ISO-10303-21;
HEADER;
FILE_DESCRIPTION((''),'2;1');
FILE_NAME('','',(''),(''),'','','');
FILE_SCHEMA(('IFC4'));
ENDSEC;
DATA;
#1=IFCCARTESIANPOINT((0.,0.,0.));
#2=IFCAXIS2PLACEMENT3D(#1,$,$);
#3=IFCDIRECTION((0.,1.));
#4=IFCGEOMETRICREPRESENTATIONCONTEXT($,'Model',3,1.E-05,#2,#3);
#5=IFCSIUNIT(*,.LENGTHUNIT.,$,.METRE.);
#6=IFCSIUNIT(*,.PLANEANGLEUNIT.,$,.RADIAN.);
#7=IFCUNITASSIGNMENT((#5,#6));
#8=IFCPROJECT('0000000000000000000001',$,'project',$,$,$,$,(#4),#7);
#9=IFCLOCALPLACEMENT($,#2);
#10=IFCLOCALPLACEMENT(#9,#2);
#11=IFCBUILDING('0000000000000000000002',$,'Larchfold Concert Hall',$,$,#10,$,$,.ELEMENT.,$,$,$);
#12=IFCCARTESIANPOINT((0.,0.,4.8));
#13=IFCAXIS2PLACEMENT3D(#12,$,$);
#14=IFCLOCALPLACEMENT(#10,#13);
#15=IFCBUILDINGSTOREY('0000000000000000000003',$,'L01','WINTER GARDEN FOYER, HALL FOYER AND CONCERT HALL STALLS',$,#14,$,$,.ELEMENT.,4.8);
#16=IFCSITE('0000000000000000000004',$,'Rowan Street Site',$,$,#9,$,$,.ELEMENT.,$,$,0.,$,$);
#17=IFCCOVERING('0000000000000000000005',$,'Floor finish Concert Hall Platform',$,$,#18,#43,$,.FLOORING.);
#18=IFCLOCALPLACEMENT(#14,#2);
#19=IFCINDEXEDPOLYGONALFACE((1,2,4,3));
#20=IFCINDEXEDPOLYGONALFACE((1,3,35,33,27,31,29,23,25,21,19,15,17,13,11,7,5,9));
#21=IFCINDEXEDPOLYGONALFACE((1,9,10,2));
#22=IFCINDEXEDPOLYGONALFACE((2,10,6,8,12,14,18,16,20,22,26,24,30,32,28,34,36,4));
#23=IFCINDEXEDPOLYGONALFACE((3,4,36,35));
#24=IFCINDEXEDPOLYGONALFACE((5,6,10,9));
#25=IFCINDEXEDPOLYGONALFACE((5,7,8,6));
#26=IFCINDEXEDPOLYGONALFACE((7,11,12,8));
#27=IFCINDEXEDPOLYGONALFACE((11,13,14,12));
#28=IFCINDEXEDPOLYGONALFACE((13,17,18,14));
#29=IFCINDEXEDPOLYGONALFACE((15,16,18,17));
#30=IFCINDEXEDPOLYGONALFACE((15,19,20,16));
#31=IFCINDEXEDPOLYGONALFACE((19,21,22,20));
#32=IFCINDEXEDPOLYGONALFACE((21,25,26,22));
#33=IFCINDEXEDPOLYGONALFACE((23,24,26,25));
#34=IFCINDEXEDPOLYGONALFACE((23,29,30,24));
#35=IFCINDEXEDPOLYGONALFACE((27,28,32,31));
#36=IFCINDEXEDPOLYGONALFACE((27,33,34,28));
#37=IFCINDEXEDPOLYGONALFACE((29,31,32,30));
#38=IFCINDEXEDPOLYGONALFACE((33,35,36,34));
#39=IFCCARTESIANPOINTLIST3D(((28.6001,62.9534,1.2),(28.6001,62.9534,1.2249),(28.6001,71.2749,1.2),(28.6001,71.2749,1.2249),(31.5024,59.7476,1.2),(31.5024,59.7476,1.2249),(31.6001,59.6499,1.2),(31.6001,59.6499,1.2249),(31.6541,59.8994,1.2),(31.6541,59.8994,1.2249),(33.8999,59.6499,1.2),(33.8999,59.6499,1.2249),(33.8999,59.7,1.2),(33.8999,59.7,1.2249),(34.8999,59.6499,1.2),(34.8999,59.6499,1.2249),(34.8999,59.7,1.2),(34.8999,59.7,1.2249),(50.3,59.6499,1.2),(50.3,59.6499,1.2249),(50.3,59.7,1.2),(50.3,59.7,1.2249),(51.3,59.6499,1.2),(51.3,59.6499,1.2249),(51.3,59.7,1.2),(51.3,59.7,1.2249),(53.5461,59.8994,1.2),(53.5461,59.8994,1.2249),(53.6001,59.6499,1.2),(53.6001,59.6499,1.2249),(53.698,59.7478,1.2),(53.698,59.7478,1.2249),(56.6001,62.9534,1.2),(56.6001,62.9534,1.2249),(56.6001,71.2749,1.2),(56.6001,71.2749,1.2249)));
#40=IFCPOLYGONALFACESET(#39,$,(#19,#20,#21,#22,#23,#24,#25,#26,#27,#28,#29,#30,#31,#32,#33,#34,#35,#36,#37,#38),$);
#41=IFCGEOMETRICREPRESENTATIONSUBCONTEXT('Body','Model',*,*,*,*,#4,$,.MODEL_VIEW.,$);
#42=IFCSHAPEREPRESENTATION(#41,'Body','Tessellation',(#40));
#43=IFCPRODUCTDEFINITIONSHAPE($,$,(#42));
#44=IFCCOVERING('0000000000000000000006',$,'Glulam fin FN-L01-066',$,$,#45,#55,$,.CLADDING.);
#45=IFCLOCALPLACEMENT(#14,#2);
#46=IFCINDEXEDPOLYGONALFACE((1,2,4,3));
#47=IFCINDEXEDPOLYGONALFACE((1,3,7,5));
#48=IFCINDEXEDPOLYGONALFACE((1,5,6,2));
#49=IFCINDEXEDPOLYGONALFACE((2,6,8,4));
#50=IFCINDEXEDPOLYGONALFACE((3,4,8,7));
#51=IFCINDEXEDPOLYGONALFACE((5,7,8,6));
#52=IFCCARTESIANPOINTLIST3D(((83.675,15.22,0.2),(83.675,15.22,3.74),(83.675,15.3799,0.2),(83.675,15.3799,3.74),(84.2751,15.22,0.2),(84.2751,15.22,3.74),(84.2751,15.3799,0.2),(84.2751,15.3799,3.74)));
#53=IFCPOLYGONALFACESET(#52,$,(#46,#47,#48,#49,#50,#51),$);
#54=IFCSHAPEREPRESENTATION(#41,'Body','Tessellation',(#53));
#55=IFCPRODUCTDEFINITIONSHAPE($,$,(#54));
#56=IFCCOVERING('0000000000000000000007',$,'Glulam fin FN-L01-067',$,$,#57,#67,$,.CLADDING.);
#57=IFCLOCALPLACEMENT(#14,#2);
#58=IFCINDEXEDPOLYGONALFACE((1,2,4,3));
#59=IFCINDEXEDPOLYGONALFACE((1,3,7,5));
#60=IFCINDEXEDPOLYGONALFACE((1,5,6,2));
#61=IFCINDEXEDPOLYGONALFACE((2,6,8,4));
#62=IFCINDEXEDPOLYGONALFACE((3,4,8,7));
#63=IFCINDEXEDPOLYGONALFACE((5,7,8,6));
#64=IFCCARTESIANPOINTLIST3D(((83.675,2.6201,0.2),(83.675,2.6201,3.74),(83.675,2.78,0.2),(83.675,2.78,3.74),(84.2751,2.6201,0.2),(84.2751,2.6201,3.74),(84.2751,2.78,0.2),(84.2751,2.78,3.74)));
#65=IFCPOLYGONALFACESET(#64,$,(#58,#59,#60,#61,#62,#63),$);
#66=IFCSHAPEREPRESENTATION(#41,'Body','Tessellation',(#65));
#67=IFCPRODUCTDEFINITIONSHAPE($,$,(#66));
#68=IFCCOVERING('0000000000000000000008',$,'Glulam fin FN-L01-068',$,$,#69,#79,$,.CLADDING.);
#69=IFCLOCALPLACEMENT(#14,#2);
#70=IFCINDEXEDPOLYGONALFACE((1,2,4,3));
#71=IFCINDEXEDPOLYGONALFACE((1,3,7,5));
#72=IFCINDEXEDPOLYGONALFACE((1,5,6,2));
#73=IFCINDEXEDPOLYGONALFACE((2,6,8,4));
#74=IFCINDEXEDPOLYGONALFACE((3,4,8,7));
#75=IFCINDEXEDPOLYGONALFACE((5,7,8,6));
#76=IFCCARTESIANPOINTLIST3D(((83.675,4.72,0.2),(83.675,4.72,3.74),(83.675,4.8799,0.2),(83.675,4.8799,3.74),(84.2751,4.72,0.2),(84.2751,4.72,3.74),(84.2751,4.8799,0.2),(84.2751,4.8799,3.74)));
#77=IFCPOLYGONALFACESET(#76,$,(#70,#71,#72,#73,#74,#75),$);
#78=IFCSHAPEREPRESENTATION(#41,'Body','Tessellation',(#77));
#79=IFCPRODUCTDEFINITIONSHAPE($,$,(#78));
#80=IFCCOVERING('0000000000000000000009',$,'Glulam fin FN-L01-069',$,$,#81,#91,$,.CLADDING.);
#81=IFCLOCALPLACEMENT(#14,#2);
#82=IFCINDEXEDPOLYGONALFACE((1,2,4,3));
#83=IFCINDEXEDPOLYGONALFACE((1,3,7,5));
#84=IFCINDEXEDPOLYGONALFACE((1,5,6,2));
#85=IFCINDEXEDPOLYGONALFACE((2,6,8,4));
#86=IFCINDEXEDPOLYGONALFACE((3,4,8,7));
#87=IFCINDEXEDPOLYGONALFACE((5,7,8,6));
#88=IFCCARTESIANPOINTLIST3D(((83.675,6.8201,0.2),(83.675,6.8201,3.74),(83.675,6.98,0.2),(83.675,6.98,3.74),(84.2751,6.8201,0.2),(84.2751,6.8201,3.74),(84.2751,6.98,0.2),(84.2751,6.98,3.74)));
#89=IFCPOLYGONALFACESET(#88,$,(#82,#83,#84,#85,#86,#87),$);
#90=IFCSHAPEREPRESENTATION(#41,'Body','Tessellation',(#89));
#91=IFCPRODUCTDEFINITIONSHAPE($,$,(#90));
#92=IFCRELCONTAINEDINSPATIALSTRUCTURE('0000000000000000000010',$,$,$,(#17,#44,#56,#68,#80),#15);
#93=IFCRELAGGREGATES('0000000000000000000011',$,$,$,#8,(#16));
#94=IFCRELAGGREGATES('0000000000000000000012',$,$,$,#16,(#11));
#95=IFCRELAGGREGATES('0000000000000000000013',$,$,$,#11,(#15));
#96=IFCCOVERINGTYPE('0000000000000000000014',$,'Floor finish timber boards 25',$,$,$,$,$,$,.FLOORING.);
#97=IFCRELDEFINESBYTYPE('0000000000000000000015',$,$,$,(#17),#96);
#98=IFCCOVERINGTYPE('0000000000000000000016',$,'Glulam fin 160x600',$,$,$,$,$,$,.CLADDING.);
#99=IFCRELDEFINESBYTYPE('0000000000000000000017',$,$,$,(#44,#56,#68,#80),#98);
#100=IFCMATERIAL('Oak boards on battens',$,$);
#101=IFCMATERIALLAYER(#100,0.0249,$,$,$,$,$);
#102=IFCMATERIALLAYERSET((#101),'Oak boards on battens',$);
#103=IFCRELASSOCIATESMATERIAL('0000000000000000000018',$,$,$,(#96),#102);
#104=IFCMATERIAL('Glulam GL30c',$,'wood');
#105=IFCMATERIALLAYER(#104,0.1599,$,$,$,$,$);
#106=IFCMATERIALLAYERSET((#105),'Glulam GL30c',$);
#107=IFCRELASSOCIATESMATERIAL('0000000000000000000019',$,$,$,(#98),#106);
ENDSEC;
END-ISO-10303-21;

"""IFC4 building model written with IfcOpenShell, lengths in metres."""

from ifc_helpers import new_model, si_unit, direction, frame, origin, place, context, subcontext, project, spatial, polyline, outline, extrude, material, layer, layer_set, type_object, element, save


model = new_model("IFC4")

# Units and contexts
model_context = context("Model", 3, precision=1e-05, world=origin(), true_north=direction((0.0, 1.0)))
body_context = subcontext(model_context, "Body", "Model", "MODEL_VIEW")
ifc_project = project(units=[si_unit("LENGTHUNIT", "METRE"), si_unit("PLANEANGLEUNIT", "RADIAN")], contexts=[model_context])

# Site, building, storey
site_placement = place(None, origin())
site = spatial("IfcSite", under=ifc_project, at=site_placement, Name="Rowan Street Site", CompositionType="ELEMENT", RefElevation=0.0)
building_placement = place(site_placement, origin())
building = spatial("IfcBuilding", under=site, at=building_placement, Name="Larchfold Concert Hall", CompositionType="ELEMENT")
storey_placement = place(building_placement, frame((0.0, 0.0, 4.8)))
storey = spatial("IfcBuildingStorey", under=building, at=storey_placement, Name="L01", Description="WINTER GARDEN FOYER, HALL FOYER AND CONCERT HALL STALLS", CompositionType="ELEMENT", Elevation=4.8)

# Coverings
ifc_material_1 = material(Name="Oak boards on battens")
ifc_layer_1 = layer(ifc_material_1, 0.0249)
ifc_layer_set_1 = layer_set([ifc_layer_1], Name="Oak boards on battens")
covering_type_1 = type_object("IfcCoveringType", Name="Floor finish timber boards 25", PredefinedType="FLOORING", material=ifc_layer_set_1)
covering_1_placement = place(storey_placement, frame((0.0, 0.0, 1.2)))
element("IfcCovering", 1, at=covering_1_placement, inside=storey, type_object=covering_type_1, Name="Floor finish Concert Hall Platform", PredefinedType="FLOORING", context=body_context, shape_type="SweptSolid", body=[
    extrude(outline(polyline([(31.6541, 59.8994), (31.5024, 59.7476), (31.6001, 59.6499), (33.8999, 59.6499), (33.8999, 59.7), (34.8999, 59.7), (34.8999, 59.6499), (50.3, 59.6499), (50.3, 59.7), (51.3, 59.7), (51.3, 59.6499), (53.6001, 59.6499), (53.698, 59.7478), (53.5461, 59.8994), (56.6001, 62.9534), (56.6001, 71.2749), (28.6001, 71.2749), (28.6001, 62.9534), (31.6541, 59.8994)])), origin(), (0.0, 0.0, 1.0), 0.0249),
])
ifc_material_2 = material(Name="Glulam GL30c", Category="wood")
ifc_layer_2 = layer(ifc_material_2, 0.1599)
ifc_layer_set_2 = layer_set([ifc_layer_2], Name="Glulam GL30c")
covering_type_2 = type_object("IfcCoveringType", Name="Glulam fin 160x600", PredefinedType="CLADDING", material=ifc_layer_set_2)
covering_2_placement = place(storey_placement, frame((0.0, 0.0, 0.2)))
element("IfcCovering", 2, at=covering_2_placement, inside=storey, type_object=covering_type_2, Name="Glulam fin FN-L01-066", PredefinedType="CLADDING", context=body_context, shape_type="SweptSolid", body=[
    extrude(outline(polyline([(84.2751, 15.22), (84.2751, 15.3799), (83.675, 15.3799), (83.675, 15.22), (84.2751, 15.22)])), origin(), (0.0, 0.0, 1.0), 3.54),
])
covering_3_placement = place(storey_placement, frame((0.0, 0.0, 0.2)))
element("IfcCovering", 3, at=covering_3_placement, inside=storey, type_object=covering_type_2, Name="Glulam fin FN-L01-067", PredefinedType="CLADDING", context=body_context, shape_type="SweptSolid", body=[
    extrude(outline(polyline([(84.2751, 2.6201), (84.2751, 2.78), (83.675, 2.78), (83.675, 2.6201), (84.2751, 2.6201)])), origin(), (0.0, 0.0, 1.0), 3.54),
])
covering_4_placement = place(storey_placement, frame((0.0, 0.0, 0.2)))
element("IfcCovering", 4, at=covering_4_placement, inside=storey, type_object=covering_type_2, Name="Glulam fin FN-L01-068", PredefinedType="CLADDING", context=body_context, shape_type="SweptSolid", body=[
    extrude(outline(polyline([(84.2751, 4.72), (84.2751, 4.8799), (83.675, 4.8799), (83.675, 4.72), (84.2751, 4.72)])), origin(), (0.0, 0.0, 1.0), 3.54),
])
covering_5_placement = place(storey_placement, frame((0.0, 0.0, 0.2)))
element("IfcCovering", 5, at=covering_5_placement, inside=storey, type_object=covering_type_2, Name="Glulam fin FN-L01-069", PredefinedType="CLADDING", context=body_context, shape_type="SweptSolid", body=[
    extrude(outline(polyline([(84.2751, 6.8201), (84.2751, 6.98), (83.675, 6.98), (83.675, 6.8201), (84.2751, 6.8201)])), origin(), (0.0, 0.0, 1.0), 3.54),
])

save(model, "model.ifc")
